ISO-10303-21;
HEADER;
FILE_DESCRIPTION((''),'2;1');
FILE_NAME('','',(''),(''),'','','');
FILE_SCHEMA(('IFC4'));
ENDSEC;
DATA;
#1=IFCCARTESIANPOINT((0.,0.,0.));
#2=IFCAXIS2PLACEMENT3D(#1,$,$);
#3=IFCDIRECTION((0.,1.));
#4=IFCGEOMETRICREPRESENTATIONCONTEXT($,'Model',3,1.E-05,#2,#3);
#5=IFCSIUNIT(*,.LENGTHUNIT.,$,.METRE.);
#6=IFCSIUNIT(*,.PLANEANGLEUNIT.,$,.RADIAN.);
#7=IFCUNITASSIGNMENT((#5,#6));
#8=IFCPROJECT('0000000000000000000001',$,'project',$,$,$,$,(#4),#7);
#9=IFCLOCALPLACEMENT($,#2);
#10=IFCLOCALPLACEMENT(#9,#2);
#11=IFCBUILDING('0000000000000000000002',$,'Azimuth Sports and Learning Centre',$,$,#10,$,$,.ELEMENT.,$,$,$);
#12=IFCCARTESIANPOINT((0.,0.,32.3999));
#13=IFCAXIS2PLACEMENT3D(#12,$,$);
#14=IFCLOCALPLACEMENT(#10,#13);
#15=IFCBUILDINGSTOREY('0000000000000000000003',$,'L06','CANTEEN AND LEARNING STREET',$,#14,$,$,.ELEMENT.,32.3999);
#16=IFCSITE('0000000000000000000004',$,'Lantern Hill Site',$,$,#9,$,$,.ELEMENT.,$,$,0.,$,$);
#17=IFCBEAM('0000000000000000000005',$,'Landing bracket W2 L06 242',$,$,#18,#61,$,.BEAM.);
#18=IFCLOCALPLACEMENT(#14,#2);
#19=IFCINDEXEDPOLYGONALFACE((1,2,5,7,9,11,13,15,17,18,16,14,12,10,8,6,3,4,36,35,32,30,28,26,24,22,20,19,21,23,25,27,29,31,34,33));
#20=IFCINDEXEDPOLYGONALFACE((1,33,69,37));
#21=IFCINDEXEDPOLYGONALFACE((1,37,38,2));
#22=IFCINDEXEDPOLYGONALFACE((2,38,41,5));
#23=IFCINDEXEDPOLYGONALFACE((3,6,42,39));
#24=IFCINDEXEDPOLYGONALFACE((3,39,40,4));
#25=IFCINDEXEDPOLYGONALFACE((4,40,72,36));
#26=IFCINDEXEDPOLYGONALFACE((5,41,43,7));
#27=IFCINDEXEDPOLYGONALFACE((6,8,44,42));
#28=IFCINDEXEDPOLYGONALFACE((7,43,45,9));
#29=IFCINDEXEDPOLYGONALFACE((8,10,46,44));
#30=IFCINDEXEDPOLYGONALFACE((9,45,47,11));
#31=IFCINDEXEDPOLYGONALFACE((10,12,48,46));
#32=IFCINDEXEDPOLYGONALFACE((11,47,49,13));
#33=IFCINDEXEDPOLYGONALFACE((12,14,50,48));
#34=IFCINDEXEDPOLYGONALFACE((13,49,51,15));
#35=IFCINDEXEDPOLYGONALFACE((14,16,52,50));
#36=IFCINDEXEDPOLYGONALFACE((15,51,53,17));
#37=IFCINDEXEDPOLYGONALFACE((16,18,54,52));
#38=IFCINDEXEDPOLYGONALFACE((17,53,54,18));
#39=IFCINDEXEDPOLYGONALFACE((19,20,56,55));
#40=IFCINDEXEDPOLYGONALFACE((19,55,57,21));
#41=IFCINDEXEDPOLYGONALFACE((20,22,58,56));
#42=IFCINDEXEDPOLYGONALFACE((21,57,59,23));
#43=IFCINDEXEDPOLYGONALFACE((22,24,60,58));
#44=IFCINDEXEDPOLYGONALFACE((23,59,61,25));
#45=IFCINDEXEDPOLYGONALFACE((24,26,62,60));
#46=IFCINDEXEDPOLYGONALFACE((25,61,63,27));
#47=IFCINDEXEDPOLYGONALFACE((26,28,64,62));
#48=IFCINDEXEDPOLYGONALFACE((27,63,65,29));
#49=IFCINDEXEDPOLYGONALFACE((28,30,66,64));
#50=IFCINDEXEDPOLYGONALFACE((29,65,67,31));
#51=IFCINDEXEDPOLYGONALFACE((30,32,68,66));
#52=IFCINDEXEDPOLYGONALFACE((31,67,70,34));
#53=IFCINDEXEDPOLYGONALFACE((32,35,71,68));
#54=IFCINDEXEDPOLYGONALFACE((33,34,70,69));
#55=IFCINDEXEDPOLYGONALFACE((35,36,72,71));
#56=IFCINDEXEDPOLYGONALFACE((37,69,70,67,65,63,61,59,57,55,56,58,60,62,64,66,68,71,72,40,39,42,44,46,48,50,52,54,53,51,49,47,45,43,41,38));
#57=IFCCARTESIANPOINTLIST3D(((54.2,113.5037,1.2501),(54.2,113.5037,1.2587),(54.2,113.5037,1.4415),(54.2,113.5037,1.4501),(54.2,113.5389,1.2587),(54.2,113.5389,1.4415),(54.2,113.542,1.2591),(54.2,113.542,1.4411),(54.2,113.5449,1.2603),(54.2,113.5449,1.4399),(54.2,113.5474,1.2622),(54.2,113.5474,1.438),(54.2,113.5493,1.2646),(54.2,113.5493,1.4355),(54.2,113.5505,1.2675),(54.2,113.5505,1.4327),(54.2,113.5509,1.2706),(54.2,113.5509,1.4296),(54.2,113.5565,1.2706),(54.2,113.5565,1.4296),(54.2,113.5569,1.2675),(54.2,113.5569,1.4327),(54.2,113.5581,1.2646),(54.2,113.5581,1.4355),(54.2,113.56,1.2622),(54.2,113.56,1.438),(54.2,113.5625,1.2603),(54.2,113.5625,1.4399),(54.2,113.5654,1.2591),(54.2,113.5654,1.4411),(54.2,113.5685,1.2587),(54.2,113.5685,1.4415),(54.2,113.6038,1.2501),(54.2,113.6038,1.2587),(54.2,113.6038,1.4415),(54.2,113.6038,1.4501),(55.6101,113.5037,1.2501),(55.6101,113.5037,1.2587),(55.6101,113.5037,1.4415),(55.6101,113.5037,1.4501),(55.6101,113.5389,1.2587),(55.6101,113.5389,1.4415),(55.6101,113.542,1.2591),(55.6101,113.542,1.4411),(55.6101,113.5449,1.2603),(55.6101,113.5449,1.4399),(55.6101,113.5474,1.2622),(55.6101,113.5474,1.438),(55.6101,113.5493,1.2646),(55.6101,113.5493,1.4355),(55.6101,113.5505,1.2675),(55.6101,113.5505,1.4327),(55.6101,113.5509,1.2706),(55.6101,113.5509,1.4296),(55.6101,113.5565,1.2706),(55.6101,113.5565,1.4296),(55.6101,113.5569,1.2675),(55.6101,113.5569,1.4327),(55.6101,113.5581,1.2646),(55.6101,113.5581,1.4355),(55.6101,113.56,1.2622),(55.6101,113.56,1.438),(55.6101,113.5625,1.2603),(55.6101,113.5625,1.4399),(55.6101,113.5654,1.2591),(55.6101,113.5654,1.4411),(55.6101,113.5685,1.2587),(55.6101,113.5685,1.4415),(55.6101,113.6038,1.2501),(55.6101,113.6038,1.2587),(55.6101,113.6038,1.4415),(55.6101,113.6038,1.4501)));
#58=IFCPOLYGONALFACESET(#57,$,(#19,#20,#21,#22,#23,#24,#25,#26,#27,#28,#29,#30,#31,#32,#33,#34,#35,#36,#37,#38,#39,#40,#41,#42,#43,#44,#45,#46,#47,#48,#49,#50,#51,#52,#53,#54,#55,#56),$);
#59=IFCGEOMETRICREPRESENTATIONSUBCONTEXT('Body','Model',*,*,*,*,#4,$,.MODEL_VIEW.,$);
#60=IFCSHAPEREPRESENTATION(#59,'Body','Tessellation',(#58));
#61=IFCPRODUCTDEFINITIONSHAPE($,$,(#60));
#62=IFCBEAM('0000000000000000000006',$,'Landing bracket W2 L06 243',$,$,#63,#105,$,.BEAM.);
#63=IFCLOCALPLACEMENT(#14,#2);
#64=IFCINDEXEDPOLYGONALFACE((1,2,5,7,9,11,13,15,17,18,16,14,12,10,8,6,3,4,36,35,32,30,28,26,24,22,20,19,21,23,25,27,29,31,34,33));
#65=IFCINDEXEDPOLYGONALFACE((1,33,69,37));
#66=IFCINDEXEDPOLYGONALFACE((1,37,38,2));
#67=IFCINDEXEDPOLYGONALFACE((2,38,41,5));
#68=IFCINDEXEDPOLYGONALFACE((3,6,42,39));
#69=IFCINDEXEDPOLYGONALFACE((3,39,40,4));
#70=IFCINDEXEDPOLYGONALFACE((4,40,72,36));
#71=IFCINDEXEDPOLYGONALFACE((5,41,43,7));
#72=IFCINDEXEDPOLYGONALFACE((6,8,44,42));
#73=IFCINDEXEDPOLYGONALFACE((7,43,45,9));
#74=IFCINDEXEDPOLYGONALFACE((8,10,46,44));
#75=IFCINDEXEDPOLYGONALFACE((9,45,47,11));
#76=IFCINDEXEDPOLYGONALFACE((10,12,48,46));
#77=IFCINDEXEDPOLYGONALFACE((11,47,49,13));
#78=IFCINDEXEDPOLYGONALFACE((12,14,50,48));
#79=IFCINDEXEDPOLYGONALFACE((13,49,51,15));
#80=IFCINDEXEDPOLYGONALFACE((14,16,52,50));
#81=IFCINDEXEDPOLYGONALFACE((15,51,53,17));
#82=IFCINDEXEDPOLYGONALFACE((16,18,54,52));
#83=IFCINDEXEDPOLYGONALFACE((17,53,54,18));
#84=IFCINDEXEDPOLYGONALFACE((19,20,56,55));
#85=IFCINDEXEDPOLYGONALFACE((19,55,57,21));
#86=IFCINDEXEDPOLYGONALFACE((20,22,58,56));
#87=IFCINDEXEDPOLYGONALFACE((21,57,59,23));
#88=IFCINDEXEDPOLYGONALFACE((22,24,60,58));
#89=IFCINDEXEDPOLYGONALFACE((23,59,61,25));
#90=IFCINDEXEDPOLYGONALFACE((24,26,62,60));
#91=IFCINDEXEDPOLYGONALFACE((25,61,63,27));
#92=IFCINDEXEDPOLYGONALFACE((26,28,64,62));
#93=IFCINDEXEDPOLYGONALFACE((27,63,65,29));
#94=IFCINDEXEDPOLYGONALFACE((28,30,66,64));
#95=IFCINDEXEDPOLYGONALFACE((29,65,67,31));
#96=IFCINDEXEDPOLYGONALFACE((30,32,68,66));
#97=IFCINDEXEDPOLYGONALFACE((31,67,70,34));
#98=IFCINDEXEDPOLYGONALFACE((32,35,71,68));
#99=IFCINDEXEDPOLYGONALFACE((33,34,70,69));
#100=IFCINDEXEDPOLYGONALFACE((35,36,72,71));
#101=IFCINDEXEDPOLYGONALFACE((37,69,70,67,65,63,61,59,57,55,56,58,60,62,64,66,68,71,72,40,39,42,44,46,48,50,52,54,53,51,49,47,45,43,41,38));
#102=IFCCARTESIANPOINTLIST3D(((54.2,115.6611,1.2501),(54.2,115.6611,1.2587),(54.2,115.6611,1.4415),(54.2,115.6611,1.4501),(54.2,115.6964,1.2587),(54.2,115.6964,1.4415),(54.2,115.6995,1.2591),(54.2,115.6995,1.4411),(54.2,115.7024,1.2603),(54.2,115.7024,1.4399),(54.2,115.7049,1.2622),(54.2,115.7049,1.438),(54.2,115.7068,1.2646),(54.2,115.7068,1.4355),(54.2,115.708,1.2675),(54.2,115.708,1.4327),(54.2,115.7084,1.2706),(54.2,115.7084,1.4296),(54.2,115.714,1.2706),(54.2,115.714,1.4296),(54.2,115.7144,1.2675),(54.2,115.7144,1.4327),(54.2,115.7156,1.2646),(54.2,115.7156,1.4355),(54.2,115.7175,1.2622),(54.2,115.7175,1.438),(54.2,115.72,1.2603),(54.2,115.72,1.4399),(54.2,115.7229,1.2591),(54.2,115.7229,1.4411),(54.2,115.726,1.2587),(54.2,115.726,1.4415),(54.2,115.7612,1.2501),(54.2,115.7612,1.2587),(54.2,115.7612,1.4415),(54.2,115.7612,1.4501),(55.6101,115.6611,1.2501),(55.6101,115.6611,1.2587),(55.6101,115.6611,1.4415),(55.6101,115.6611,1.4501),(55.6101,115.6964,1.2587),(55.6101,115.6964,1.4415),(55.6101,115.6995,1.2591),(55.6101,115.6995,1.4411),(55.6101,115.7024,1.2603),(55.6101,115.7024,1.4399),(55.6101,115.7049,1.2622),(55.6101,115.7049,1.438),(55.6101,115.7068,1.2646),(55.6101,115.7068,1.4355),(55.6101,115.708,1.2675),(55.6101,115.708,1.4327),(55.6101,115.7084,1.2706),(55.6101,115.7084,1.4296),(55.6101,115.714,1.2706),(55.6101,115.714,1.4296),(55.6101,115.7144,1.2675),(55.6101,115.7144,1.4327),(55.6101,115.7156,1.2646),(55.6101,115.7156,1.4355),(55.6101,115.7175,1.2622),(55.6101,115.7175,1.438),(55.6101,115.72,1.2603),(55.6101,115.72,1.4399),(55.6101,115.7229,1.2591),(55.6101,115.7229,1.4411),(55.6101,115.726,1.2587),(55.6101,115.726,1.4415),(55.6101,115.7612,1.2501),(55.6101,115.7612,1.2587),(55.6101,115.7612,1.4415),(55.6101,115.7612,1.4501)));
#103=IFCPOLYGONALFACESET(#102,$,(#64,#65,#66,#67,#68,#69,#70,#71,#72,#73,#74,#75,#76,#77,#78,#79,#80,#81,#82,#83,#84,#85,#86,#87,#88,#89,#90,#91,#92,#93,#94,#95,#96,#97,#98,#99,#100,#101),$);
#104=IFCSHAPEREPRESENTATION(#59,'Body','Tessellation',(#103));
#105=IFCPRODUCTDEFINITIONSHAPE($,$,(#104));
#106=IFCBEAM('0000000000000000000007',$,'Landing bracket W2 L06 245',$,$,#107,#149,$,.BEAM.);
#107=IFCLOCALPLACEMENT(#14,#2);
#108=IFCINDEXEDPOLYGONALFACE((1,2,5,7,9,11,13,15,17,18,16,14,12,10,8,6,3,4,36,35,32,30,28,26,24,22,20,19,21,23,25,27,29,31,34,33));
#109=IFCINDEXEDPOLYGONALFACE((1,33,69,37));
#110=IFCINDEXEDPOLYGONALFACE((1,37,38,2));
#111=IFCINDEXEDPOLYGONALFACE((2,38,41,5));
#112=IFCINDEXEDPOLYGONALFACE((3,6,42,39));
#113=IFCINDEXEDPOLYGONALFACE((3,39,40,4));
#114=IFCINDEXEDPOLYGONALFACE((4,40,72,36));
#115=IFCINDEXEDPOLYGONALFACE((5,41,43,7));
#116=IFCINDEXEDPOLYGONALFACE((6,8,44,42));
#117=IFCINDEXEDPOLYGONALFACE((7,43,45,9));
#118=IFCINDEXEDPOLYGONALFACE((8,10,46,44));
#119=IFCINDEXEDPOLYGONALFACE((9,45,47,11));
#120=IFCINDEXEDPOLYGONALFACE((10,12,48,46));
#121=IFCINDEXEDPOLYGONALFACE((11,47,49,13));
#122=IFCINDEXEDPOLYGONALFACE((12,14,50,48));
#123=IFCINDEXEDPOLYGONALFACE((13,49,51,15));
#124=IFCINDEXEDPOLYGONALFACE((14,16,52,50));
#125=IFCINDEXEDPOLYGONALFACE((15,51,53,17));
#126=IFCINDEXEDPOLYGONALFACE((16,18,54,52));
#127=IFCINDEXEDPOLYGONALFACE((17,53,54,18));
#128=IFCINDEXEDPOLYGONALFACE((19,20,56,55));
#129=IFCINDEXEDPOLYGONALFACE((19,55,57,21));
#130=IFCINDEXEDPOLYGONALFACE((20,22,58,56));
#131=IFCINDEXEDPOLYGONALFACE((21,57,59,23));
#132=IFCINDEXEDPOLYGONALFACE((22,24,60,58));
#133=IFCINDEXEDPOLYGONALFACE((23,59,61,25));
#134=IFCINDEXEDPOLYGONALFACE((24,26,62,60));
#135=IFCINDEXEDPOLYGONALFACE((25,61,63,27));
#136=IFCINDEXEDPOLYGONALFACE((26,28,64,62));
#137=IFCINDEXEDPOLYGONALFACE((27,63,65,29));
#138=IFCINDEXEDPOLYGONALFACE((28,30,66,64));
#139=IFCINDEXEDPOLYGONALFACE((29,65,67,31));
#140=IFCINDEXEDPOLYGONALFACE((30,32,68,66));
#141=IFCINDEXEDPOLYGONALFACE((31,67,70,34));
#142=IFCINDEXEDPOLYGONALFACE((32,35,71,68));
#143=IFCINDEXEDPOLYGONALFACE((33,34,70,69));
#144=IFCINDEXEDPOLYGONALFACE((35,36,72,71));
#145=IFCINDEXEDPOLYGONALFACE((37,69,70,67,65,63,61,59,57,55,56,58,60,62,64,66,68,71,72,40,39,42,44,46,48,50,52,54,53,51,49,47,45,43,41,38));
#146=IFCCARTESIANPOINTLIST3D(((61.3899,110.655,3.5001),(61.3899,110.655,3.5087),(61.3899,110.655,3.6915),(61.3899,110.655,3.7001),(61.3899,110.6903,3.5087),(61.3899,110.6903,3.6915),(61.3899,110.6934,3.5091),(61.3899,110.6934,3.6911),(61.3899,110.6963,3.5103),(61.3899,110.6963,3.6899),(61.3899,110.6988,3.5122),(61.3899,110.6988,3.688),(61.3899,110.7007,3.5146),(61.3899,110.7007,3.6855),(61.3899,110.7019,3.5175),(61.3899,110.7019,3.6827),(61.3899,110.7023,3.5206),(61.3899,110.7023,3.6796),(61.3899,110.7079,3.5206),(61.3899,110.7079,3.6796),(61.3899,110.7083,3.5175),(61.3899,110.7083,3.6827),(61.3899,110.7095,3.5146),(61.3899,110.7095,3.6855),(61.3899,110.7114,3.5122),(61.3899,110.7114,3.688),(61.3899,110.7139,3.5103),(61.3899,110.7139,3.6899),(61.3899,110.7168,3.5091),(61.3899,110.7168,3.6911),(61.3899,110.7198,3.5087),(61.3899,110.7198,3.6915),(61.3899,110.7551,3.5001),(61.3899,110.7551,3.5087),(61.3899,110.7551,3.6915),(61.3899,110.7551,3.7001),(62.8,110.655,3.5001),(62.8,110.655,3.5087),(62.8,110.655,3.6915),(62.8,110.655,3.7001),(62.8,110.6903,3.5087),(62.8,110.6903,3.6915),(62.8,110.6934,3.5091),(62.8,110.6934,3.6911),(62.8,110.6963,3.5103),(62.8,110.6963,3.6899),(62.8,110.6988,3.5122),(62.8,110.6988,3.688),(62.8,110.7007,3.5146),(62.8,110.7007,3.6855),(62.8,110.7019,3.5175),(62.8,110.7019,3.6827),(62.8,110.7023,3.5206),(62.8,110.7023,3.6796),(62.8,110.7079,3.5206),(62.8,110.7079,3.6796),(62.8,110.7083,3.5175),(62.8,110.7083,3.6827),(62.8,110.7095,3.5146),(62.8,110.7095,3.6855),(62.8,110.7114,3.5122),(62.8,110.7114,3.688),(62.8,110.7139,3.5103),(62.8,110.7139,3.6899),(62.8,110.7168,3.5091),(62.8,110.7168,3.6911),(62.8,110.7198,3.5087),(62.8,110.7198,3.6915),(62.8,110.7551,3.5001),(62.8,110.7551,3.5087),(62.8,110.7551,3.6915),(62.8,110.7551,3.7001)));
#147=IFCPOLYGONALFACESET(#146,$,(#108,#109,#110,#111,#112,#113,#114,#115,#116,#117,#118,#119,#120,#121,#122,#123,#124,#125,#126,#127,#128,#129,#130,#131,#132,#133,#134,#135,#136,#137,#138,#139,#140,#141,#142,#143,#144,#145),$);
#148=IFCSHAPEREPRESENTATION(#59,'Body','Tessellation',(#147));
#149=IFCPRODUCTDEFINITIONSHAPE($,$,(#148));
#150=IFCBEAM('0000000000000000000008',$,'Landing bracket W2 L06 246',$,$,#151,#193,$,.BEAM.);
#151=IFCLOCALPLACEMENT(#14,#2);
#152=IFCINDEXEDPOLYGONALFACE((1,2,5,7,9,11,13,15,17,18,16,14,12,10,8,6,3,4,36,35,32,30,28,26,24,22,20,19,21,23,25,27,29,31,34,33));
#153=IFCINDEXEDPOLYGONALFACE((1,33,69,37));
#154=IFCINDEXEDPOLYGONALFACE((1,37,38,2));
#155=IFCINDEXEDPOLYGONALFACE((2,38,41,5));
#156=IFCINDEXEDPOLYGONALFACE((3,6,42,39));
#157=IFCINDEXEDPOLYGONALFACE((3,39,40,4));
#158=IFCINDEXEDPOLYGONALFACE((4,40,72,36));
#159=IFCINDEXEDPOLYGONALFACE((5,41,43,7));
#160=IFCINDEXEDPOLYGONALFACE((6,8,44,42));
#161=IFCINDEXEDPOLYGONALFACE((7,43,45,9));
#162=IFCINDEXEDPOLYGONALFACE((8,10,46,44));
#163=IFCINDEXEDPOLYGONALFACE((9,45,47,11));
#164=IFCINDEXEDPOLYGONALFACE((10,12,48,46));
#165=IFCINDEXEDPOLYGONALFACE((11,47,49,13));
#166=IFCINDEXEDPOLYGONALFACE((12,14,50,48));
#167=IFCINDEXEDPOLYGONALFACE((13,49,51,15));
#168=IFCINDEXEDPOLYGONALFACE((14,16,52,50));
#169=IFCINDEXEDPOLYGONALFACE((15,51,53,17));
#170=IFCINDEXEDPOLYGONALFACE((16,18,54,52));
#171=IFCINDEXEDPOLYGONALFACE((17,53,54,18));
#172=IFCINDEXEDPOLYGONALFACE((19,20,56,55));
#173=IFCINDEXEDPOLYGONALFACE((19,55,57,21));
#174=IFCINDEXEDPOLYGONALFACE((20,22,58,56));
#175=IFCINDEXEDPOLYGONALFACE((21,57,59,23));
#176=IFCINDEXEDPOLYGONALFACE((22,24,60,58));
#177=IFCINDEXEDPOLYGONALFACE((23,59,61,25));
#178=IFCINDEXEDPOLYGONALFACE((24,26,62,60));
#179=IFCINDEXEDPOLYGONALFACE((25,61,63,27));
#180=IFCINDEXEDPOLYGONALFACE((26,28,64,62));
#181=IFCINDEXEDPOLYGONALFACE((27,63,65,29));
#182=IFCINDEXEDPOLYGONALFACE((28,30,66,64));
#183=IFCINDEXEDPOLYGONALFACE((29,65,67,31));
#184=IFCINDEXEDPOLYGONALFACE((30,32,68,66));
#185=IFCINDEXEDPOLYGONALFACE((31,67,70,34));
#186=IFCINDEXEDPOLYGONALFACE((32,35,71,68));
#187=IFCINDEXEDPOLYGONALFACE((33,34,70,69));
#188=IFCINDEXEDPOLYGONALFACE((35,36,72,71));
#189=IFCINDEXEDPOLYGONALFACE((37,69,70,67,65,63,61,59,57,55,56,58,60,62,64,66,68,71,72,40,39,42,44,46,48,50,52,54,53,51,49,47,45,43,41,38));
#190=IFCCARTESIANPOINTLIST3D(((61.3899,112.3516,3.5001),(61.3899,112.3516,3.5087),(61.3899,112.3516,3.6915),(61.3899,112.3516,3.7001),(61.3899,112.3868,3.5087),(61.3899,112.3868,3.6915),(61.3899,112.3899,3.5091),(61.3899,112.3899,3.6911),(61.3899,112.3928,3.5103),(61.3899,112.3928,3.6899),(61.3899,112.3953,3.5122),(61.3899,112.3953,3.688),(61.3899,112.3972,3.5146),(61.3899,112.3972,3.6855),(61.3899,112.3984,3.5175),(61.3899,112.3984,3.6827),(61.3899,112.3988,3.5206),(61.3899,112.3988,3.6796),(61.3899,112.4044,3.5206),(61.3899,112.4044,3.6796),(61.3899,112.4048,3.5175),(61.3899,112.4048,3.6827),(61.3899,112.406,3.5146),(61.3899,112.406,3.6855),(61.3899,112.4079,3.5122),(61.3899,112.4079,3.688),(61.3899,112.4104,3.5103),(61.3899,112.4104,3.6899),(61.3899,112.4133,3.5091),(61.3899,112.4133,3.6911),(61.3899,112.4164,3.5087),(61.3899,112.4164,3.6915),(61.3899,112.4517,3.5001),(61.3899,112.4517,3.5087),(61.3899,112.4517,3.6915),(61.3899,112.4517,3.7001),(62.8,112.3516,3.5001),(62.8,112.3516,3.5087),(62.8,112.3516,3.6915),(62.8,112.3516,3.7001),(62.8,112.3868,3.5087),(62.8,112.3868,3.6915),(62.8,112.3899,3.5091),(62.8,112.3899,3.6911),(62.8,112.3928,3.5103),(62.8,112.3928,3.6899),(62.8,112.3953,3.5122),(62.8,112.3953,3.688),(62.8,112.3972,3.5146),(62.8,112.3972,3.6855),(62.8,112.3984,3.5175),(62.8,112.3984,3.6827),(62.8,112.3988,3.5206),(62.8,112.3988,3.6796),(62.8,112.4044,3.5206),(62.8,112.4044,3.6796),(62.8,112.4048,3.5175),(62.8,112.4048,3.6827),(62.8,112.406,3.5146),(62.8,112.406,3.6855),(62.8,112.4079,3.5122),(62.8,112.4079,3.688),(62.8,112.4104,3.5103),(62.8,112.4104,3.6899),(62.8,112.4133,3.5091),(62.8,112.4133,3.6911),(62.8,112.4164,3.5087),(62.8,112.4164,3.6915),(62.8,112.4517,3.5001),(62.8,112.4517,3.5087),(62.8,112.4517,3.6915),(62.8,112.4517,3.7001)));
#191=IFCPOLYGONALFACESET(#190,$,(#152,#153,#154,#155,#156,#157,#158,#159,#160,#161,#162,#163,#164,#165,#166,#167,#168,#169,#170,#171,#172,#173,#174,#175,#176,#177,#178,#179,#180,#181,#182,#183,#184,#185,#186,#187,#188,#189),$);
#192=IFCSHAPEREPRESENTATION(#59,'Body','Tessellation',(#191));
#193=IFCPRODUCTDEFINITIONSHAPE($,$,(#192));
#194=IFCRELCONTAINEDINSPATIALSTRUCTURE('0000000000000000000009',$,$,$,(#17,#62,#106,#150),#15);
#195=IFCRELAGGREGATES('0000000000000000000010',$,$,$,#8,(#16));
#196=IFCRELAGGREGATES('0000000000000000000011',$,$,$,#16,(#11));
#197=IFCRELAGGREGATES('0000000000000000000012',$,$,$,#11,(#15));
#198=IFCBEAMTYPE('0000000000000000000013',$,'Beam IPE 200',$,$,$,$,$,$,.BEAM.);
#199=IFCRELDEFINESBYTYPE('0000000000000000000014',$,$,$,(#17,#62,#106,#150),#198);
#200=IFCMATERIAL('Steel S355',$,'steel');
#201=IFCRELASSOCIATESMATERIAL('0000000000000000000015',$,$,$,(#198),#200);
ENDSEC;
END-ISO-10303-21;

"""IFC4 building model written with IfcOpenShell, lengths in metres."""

from ifc_helpers import new_model, si_unit, direction, frame, origin, origin_2d, place, context, subcontext, project, spatial, i_section, extrude, material, material_profile, profile_set, type_object, element, save


model = new_model("IFC4")

# Units and contexts
model_context = context("Model", 3, precision=1e-05, world=origin(), true_north=direction((0.0, 1.0)))
body_context = subcontext(model_context, "Body", "Model", "MODEL_VIEW")
ifc_project = project(units=[si_unit("LENGTHUNIT", "METRE"), si_unit("PLANEANGLEUNIT", "RADIAN")], contexts=[model_context])

# Site, building, storey
site_placement = place(None, origin())
site = spatial("IfcSite", under=ifc_project, at=site_placement, Name="Lantern Hill Site", CompositionType="ELEMENT", RefElevation=0.0)
building_placement = place(site_placement, origin())
building = spatial("IfcBuilding", under=site, at=building_placement, Name="Azimuth Sports and Learning Centre", CompositionType="ELEMENT")
storey_placement = place(building_placement, frame((0.0, 0.0, 32.3999)))
storey = spatial("IfcBuildingStorey", under=building, at=storey_placement, Name="L06", Description="CANTEEN AND LEARNING STREET", CompositionType="ELEMENT", Elevation=32.3999)

# Beams
ifc_material_1 = material(Name="Steel S355", Category="steel")
ifc_material_profile = material_profile(ifc_material_1, i_section(OverallWidth=0.1001, OverallDepth=0.2, WebThickness=0.0056, FlangeThickness=0.0085, FilletRadius=0.012, at=origin_2d()), Name="IPE 200")
ifc_profile_set = profile_set([ifc_material_profile], Name="Steel S355")
beam_type = type_object("IfcBeamType", Name="Beam IPE 200", PredefinedType="BEAM", material=ifc_profile_set)
for number, where, z_axis, x_axis, name in (
    (1, (54.2, 113.5537, 1.3501), (1.0, 0.0, 0.0), (0.0, 1.0, 0.0), "Landing bracket W2 L06 242"),
    (2, (54.2, 115.7112, 1.3501), (1.0, 0.0, 0.0), (0.0, 1.0, 0.0), "Landing bracket W2 L06 243"),
    (3, (62.8, 110.7051, 3.6001), (-1.0, 0.0, 0.0), (0.0, -1.0, 0.0), "Landing bracket W2 L06 245"),
    (4, (62.8, 112.4016, 3.6001), (-1.0, 0.0, 0.0), (0.0, -1.0, 0.0), "Landing bracket W2 L06 246"),
):
    element("IfcBeam", number, at=place(storey_placement, frame(where, z_axis=z_axis, x_axis=x_axis)), inside=storey, type_object=beam_type, Name=name, PredefinedType="BEAM", context=body_context, shape_type="SweptSolid", body=[
        extrude(i_section(OverallWidth=0.1001, OverallDepth=0.2, WebThickness=0.0056, FlangeThickness=0.0085, FilletRadius=0.012, at=origin_2d()), origin(), (0.0, 0.0, 1.0), 1.4102),
    ])

save(model, "model.ifc")
